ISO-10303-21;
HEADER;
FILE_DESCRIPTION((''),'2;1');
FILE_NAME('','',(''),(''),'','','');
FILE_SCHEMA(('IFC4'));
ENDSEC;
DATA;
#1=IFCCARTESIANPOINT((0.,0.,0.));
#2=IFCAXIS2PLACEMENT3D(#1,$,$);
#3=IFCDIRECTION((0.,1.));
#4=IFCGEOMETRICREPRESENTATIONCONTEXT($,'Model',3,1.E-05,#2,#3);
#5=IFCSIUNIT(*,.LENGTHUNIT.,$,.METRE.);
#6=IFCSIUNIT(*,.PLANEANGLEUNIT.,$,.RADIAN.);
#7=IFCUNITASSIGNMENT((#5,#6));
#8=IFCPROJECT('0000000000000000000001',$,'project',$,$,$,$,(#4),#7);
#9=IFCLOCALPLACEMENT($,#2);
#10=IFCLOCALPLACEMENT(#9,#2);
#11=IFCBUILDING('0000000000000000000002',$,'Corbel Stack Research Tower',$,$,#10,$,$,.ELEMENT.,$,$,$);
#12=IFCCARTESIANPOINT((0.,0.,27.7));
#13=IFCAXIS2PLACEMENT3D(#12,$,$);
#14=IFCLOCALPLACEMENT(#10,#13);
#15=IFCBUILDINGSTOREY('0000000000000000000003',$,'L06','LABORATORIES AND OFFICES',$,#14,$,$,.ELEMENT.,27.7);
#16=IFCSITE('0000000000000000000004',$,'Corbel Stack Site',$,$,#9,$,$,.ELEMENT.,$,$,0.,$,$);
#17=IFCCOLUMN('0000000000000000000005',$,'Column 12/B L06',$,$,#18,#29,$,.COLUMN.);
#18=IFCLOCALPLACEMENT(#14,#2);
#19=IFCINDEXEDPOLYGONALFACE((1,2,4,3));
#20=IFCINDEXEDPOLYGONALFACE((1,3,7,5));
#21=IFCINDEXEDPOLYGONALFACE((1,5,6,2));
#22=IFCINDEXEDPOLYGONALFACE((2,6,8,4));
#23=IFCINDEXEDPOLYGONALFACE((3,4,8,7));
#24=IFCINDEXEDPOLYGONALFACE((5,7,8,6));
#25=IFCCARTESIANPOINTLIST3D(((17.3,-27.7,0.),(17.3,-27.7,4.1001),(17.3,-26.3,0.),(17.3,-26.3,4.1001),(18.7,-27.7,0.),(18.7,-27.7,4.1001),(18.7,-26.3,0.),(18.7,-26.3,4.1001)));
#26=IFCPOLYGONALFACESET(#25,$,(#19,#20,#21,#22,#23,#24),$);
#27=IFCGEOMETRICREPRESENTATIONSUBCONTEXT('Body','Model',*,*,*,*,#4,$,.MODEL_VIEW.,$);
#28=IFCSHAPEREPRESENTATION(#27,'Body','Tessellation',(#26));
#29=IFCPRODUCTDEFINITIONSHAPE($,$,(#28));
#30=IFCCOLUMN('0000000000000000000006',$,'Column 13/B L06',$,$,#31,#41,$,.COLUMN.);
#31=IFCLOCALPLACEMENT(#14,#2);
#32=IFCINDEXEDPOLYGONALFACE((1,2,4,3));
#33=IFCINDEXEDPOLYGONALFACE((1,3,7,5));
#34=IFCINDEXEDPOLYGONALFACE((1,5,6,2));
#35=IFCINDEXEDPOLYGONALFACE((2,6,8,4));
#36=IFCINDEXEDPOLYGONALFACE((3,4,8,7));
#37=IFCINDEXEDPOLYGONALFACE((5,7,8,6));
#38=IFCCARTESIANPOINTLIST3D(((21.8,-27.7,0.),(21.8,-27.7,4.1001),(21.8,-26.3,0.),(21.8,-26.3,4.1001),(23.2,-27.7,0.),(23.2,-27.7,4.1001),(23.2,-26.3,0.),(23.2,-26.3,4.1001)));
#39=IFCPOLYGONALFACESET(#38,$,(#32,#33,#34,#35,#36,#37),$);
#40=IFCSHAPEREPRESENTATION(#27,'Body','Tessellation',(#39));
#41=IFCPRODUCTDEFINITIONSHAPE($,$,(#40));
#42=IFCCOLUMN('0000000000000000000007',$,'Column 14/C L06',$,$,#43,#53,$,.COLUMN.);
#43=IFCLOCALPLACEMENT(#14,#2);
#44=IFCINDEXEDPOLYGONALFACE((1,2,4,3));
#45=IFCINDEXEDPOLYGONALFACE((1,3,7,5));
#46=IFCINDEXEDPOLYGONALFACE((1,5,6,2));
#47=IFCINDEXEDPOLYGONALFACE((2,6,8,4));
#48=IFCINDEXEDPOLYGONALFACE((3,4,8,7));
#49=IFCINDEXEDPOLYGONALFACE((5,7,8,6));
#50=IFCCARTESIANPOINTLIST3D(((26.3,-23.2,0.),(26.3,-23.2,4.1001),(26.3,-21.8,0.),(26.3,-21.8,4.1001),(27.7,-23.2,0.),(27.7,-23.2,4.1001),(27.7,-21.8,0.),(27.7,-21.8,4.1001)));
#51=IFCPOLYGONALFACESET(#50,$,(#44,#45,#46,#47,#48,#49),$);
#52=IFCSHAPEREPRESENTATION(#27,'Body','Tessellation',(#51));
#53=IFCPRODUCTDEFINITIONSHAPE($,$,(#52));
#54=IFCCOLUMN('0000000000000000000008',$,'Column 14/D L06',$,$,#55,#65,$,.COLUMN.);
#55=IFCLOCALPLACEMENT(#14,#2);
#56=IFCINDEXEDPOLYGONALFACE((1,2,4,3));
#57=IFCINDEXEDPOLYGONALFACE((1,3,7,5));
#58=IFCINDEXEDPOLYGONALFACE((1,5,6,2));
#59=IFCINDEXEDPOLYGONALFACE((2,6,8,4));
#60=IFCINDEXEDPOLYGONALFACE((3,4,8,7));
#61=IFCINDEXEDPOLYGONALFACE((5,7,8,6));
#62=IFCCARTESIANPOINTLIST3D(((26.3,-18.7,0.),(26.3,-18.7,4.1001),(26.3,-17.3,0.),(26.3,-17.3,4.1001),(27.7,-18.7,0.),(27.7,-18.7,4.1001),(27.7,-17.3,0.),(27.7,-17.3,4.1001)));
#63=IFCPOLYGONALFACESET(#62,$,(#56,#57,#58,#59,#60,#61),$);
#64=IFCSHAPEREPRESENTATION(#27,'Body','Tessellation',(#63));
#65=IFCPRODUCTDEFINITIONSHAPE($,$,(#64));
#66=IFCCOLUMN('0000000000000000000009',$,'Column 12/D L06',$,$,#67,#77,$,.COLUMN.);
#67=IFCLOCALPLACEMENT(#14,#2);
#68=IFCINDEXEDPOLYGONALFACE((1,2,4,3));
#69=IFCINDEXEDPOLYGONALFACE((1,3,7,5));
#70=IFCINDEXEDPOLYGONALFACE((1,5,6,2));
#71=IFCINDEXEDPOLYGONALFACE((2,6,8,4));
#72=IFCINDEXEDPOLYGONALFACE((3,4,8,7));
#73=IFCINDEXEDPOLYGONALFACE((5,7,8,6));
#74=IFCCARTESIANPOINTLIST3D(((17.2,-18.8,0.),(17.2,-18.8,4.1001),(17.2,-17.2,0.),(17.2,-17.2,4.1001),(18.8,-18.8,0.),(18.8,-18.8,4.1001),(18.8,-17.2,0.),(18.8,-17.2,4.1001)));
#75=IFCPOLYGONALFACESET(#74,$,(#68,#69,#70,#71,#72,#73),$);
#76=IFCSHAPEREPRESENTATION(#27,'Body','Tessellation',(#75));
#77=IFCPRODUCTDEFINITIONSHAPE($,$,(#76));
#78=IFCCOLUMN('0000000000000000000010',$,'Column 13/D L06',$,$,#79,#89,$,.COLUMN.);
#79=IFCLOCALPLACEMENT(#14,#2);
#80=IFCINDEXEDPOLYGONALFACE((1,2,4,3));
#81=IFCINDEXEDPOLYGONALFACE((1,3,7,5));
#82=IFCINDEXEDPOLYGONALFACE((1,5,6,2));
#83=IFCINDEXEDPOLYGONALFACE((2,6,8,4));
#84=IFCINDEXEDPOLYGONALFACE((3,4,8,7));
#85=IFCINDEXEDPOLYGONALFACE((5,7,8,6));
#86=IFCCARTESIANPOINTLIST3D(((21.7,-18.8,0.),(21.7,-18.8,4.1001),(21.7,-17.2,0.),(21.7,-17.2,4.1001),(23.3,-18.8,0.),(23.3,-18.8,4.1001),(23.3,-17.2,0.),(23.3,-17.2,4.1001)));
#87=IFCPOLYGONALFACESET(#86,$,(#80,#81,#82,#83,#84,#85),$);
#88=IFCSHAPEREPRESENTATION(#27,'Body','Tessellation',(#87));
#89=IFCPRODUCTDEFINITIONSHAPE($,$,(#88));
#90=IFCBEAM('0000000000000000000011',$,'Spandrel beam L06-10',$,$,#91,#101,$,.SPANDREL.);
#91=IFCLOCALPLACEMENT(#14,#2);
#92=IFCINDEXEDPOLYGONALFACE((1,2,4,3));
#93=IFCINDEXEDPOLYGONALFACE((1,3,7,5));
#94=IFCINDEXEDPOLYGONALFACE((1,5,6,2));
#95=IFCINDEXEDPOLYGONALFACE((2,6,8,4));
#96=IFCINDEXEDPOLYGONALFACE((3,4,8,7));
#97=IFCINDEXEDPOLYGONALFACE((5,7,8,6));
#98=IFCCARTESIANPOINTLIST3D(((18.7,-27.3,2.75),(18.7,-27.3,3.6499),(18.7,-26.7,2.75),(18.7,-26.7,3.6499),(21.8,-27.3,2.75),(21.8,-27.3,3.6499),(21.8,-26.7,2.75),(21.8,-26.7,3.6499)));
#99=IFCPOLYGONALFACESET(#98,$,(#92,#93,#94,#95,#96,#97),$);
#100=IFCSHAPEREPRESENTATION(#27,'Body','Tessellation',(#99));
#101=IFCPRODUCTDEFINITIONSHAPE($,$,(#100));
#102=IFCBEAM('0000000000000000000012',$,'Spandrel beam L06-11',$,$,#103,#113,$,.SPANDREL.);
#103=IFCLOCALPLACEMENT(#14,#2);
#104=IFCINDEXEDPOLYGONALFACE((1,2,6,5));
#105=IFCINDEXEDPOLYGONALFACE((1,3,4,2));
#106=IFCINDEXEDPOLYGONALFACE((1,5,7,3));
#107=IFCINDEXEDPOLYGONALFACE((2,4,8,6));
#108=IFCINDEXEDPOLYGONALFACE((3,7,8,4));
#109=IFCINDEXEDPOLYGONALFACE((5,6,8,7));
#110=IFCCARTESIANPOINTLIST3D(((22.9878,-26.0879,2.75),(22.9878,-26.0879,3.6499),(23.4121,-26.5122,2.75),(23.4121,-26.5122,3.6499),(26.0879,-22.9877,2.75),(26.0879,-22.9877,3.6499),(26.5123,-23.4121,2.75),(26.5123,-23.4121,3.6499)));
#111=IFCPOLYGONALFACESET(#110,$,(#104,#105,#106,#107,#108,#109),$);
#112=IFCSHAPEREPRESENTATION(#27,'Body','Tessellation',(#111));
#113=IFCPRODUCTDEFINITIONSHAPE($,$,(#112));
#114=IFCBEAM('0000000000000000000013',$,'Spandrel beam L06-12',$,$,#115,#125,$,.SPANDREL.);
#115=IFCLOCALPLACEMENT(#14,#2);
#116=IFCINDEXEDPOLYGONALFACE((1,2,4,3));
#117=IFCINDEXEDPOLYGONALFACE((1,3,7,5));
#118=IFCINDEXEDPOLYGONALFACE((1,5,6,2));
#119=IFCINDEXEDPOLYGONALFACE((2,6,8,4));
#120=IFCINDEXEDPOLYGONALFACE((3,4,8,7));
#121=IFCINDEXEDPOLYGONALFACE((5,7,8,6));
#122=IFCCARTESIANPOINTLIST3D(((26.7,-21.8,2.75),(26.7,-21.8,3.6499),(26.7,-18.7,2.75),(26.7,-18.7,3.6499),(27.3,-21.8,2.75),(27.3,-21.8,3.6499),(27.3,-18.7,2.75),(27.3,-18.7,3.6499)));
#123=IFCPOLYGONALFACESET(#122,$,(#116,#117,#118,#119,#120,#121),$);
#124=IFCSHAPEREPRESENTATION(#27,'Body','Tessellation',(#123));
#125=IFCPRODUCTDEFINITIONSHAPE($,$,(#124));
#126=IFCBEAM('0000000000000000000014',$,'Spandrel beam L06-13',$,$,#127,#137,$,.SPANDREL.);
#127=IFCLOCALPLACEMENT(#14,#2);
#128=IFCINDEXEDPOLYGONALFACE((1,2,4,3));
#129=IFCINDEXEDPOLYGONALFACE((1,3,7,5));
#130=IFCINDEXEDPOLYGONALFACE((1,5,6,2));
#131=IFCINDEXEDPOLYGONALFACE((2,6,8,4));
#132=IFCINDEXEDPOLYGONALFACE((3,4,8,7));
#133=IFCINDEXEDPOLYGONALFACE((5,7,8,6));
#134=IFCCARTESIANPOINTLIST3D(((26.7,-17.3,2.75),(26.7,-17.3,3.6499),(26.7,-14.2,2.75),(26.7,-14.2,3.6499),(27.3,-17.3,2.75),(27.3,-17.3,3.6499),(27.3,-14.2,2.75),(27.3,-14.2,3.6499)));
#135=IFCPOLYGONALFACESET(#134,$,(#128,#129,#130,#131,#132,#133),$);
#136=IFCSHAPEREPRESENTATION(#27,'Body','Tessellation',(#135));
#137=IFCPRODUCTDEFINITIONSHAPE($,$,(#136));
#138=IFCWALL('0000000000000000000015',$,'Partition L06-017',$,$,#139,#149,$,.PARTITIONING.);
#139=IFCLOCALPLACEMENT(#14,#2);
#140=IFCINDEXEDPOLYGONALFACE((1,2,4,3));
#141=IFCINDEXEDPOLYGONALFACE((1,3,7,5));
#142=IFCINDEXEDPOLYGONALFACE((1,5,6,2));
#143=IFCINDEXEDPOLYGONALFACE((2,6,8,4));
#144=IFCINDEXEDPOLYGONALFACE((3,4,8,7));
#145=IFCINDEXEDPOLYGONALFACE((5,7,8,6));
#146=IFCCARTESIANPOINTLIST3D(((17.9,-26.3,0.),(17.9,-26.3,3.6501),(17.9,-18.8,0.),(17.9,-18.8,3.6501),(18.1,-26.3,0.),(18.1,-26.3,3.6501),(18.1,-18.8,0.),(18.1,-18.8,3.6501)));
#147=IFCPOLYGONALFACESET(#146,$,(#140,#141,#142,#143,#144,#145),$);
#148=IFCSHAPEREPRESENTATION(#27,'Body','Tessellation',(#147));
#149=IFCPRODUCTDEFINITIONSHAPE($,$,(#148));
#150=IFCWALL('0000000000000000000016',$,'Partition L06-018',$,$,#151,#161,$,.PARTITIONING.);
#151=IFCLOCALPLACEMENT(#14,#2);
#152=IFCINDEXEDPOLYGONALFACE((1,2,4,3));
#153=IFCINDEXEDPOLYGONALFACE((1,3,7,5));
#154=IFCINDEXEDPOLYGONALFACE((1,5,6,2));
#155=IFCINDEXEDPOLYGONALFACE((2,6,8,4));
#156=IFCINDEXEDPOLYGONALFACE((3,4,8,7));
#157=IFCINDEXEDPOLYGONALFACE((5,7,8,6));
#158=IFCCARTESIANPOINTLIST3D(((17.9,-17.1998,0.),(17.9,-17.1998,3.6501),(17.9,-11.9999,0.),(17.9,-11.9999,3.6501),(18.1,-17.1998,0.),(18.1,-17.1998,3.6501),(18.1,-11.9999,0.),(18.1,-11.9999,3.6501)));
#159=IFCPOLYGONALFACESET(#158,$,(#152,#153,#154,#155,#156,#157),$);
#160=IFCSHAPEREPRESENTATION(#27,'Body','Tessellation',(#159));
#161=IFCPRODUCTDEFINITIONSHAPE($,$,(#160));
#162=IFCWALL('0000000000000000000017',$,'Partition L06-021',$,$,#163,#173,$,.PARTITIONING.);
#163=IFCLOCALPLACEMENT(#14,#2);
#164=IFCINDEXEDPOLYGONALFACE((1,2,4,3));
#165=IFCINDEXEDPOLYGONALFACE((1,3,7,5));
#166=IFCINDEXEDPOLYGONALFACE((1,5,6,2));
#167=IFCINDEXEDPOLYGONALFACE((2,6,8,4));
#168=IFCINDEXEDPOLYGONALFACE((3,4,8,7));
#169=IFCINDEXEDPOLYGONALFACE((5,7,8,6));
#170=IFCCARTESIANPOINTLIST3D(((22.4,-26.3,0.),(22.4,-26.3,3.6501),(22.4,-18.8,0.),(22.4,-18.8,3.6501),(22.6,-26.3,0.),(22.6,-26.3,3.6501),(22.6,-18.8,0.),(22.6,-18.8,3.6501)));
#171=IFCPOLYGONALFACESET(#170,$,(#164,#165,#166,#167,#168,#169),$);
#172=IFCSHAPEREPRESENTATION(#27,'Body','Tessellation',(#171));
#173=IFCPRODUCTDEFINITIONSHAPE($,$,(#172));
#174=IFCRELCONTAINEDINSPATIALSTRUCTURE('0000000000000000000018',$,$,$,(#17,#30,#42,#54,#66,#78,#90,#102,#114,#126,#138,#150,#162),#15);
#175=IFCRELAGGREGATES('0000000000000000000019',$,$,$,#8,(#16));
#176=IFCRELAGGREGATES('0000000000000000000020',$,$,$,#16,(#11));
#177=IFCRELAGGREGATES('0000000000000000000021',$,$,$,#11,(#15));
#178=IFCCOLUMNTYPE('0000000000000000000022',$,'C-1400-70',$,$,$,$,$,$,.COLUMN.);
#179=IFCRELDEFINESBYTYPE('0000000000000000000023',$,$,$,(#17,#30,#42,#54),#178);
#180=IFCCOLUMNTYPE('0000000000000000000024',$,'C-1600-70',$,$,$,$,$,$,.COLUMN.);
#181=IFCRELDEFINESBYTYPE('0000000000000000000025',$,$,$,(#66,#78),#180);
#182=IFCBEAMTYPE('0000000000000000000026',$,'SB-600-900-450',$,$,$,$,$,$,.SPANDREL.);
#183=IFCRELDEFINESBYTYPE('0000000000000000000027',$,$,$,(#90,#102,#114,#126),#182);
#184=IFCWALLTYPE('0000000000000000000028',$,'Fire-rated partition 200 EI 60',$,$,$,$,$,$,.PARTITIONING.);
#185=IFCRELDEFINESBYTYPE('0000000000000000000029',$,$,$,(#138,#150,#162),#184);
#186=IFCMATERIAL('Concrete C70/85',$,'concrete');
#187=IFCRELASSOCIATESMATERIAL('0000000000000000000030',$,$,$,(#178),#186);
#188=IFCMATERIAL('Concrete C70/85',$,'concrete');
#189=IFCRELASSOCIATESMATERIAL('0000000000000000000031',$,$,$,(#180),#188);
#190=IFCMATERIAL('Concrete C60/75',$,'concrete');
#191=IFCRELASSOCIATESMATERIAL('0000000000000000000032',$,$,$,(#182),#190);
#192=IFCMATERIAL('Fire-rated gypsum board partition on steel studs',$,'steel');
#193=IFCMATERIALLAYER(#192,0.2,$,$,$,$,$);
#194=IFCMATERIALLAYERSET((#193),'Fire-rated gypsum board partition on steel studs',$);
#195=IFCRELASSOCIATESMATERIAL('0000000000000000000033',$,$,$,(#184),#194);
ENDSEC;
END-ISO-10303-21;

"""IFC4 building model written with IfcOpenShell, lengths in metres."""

from ifc_helpers import new_model, si_unit, direction, frame, frame_2d, origin, origin_2d, place, context, subcontext, project, spatial, rectangle, extrude, material, layer, layer_set, material_profile, profile_set, type_object, element, save


model = new_model("IFC4")

# Units and contexts
model_context = context("Model", 3, precision=1e-05, world=origin(), true_north=direction((0.0, 1.0)))
body_context = subcontext(model_context, "Body", "Model", "MODEL_VIEW")
ifc_project = project(units=[si_unit("LENGTHUNIT", "METRE"), si_unit("PLANEANGLEUNIT", "RADIAN")], contexts=[model_context])

# Site, building, storey
site_placement = place(None, origin())
site = spatial("IfcSite", under=ifc_project, at=site_placement, Name="Corbel Stack Site", CompositionType="ELEMENT", RefElevation=0.0)
building_placement = place(site_placement, origin())
building = spatial("IfcBuilding", under=site, at=building_placement, Name="Corbel Stack Research Tower", CompositionType="ELEMENT")
storey_placement = place(building_placement, frame((0.0, 0.0, 27.7)))
storey = spatial("IfcBuildingStorey", under=building, at=storey_placement, Name="L06", Description="LABORATORIES AND OFFICES", CompositionType="ELEMENT", Elevation=27.7)

# Columns
ifc_material_1 = material(Name="Concrete C70/85", Category="concrete")
ifc_material_profile_1 = material_profile(ifc_material_1, rectangle(XDim=1.3999, YDim=1.3999, at=origin_2d()), Name="RC 1400 x 1400")
ifc_profile_set_1 = profile_set([ifc_material_profile_1], Name="Concrete C70/85")
column_type_1 = type_object("IfcColumnType", Name="C-1400-70", PredefinedType="COLUMN", material=ifc_profile_set_1)
for number, where, z_axis, x_axis, name in (
    (1, (18.0, -27.0, 0.0), (0.0, 0.0, 1.0), (1.0, 0.0, 0.0), "Column 12/B L06"),
    (2, (22.5, -27.0, 0.0), (0.0, 0.0, 1.0), (1.0, 0.0, 0.0), "Column 13/B L06"),
    (3, (27.0, -22.5, 0.0), (0.0, 0.0, 1.0), (1.0, 0.0, 0.0), "Column 14/C L06"),
    (4, (27.0, -18.0, 0.0), (0.0, 0.0, 1.0), (1.0, 0.0, 0.0), "Column 14/D L06"),
):
    element("IfcColumn", number, at=place(storey_placement, frame(where, z_axis=z_axis, x_axis=x_axis)), inside=storey, type_object=column_type_1, Name=name, PredefinedType="COLUMN", context=body_context, shape_type="SweptSolid", body=[
        extrude(rectangle(XDim=1.3999, YDim=1.3999, at=origin_2d()), origin(), (0.0, 0.0, 1.0), 4.1001),
    ])
ifc_material_2 = material(Name="Concrete C70/85", Category="concrete")
ifc_material_profile_2 = material_profile(ifc_material_2, rectangle(XDim=1.6001, YDim=1.6001, at=origin_2d()), Name="RC 1600 x 1600")
ifc_profile_set_2 = profile_set([ifc_material_profile_2], Name="Concrete C70/85")
column_type_2 = type_object("IfcColumnType", Name="C-1600-70", PredefinedType="COLUMN", material=ifc_profile_set_2)
for number, where, z_axis, x_axis, name in (
    (5, (18.0, -18.0, 0.0), (0.0, 0.0, 1.0), (1.0, 0.0, 0.0), "Column 12/D L06"),
    (6, (22.5, -18.0, 0.0), (0.0, 0.0, 1.0), (1.0, 0.0, 0.0), "Column 13/D L06"),
):
    element("IfcColumn", number, at=place(storey_placement, frame(where, z_axis=z_axis, x_axis=x_axis)), inside=storey, type_object=column_type_2, Name=name, PredefinedType="COLUMN", context=body_context, shape_type="SweptSolid", body=[
        extrude(rectangle(XDim=1.6001, YDim=1.6001, at=origin_2d()), origin(), (0.0, 0.0, 1.0), 4.1001),
    ])

# Beams
ifc_material_3 = material(Name="Concrete C60/75", Category="concrete")
ifc_material_profile_3 = material_profile(ifc_material_3, rectangle(XDim=0.6001, YDim=0.8999, at=origin_2d()), Name="RC 600 x 900")
ifc_profile_set_3 = profile_set([ifc_material_profile_3], Name="Concrete C60/75")
beam_type = type_object("IfcBeamType", Name="SB-600-900-450", PredefinedType="SPANDREL", material=ifc_profile_set_3)
beam_1_placement = place(storey_placement, frame((18.7, -27.0, 3.2), z_axis=(1.0, 0.0, 0.0), x_axis=(0.0, 1.0, 0.0)))
element("IfcBeam", 7, at=beam_1_placement, inside=storey, type_object=beam_type, Name="Spandrel beam L06-10", PredefinedType="SPANDREL", context=body_context, shape_type="SweptSolid", body=[
    extrude(rectangle(XDim=0.6001, YDim=0.8999, at=origin_2d()), origin(), (0.0, 0.0, 1.0), 3.1001),
])
beam_2_placement = place(storey_placement, frame((23.2, -26.3, 3.2), z_axis=(0.707107, 0.707107, 0.0), x_axis=(-0.707107, 0.707107, 0.0)))
element("IfcBeam", 8, at=beam_2_placement, inside=storey, type_object=beam_type, Name="Spandrel beam L06-11", PredefinedType="SPANDREL", context=body_context, shape_type="SweptSolid", body=[
    extrude(rectangle(XDim=0.6001, YDim=0.8999, at=origin_2d()), origin(), (0.0, 0.0, 1.0), 4.3843),
])
for number, where, z_axis, x_axis, name in (
    (9, (27.0, -21.8, 3.2), (0.0, 1.0, 0.0), (-1.0, 0.0, 0.0), "Spandrel beam L06-12"),
    (10, (27.0, -17.3, 3.2), (0.0, 1.0, 0.0), (-1.0, 0.0, 0.0), "Spandrel beam L06-13"),
):
    element("IfcBeam", number, at=place(storey_placement, frame(where, z_axis=z_axis, x_axis=x_axis)), inside=storey, type_object=beam_type, Name=name, PredefinedType="SPANDREL", context=body_context, shape_type="SweptSolid", body=[
        extrude(rectangle(XDim=0.6001, YDim=0.8999, at=origin_2d()), origin(), (0.0, 0.0, 1.0), 3.1001),
    ])

# Walls
ifc_material_4 = material(Name="Fire-rated gypsum board partition on steel studs", Category="steel")
ifc_layer_1 = layer(ifc_material_4, 0.2)
ifc_layer_set_1 = layer_set([ifc_layer_1], Name="Fire-rated gypsum board partition on steel studs")
wall_type_1 = type_object("IfcWallType", Name="Fire-rated partition 200 EI 60", PredefinedType="PARTITIONING", material=ifc_layer_set_1)
wall_1_placement = place(storey_placement, frame((18.0, -26.3, 0.0), z_axis=(0.0, 0.0, 1.0), x_axis=(0.0, 1.0, 0.0)))
element("IfcWall", 11, at=wall_1_placement, inside=storey, type_object=wall_type_1, Name="Partition L06-017", PredefinedType="PARTITIONING", context=body_context, shape_type="SweptSolid", body=[
    extrude(rectangle(XDim=7.5, YDim=0.2, at=frame_2d((3.75, 0.0))), origin(), (0.0, 0.0, 1.0), 3.6501),
])
wall_2_placement = place(storey_placement, frame((18.0, -17.2, 0.0), z_axis=(0.0, 0.0, 1.0), x_axis=(0.0, 1.0, 0.0)))
element("IfcWall", 12, at=wall_2_placement, inside=storey, type_object=wall_type_1, Name="Partition L06-018", PredefinedType="PARTITIONING", context=body_context, shape_type="SweptSolid", body=[
    extrude(rectangle(XDim=5.2, YDim=0.2, at=frame_2d((2.6001, 0.0))), origin(), (0.0, 0.0, 1.0), 3.6501),
])
wall_3_placement = place(storey_placement, frame((22.5, -26.3, 0.0), z_axis=(0.0, 0.0, 1.0), x_axis=(0.0, 1.0, 0.0)))
element("IfcWall", 13, at=wall_3_placement, inside=storey, type_object=wall_type_1, Name="Partition L06-021", PredefinedType="PARTITIONING", context=body_context, shape_type="SweptSolid", body=[
    extrude(rectangle(XDim=7.5, YDim=0.2, at=frame_2d((3.75, 0.0))), origin(), (0.0, 0.0, 1.0), 3.6501),
])

save(model, "model.ifc")
